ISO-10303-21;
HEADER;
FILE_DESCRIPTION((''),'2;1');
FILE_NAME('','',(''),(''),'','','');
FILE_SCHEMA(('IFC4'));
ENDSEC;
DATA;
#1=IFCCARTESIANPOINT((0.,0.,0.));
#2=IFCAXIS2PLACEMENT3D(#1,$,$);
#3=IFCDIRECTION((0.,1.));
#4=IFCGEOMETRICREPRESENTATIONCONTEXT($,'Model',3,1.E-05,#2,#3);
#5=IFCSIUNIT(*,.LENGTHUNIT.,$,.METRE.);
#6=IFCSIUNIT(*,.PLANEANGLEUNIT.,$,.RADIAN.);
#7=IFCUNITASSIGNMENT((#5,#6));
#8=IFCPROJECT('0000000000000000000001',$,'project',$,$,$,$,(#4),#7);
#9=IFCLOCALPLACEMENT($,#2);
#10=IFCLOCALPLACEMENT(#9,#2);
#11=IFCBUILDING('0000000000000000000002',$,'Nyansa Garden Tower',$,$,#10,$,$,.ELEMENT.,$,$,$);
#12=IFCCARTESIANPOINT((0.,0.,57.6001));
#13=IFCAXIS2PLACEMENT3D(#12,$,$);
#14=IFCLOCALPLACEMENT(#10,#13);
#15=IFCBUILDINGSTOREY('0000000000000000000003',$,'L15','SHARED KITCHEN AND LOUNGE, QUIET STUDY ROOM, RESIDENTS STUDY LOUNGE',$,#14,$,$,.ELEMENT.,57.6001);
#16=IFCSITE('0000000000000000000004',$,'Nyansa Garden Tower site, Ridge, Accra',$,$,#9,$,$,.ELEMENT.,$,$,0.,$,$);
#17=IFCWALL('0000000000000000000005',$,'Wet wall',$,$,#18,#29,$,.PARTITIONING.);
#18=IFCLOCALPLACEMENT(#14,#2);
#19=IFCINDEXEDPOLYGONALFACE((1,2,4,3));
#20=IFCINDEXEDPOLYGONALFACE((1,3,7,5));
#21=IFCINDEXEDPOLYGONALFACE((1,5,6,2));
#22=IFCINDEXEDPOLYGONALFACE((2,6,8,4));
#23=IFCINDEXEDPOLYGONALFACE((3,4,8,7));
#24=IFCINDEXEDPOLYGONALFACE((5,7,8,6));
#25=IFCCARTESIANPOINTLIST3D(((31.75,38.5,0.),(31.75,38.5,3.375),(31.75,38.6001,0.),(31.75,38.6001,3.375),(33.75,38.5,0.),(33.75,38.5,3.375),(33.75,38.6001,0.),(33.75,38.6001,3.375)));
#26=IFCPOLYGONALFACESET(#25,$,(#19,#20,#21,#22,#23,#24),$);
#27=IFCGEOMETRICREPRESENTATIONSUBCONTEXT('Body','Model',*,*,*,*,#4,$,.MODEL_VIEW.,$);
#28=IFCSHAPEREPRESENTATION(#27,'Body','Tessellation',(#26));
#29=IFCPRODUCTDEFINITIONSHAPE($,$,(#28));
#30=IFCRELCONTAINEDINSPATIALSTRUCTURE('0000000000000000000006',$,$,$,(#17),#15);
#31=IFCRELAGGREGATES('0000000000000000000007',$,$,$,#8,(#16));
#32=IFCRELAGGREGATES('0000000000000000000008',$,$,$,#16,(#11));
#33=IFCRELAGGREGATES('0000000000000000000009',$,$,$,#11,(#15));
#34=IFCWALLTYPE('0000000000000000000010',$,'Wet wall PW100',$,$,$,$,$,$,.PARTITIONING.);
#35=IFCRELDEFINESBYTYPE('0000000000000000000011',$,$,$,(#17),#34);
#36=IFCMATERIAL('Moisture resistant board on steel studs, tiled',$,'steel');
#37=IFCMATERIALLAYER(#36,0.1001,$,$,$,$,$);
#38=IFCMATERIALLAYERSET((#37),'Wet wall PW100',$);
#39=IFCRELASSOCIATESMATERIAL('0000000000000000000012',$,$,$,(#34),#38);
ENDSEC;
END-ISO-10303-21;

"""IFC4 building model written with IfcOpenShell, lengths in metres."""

from ifc_helpers import new_model, si_unit, direction, frame, frame_2d, origin, place, context, subcontext, project, spatial, rectangle, extrude, material, layer, layer_set, type_object, element, save


model = new_model("IFC4")

# Units and contexts
model_context = context("Model", 3, precision=1e-05, world=origin(), true_north=direction((0.0, 1.0)))
body_context = subcontext(model_context, "Body", "Model", "MODEL_VIEW")
ifc_project = project(units=[si_unit("LENGTHUNIT", "METRE"), si_unit("PLANEANGLEUNIT", "RADIAN")], contexts=[model_context])

# Site, building, storey
site_placement = place(None, origin())
site = spatial("IfcSite", under=ifc_project, at=site_placement, Name="Nyansa Garden Tower site, Ridge, Accra", CompositionType="ELEMENT", RefElevation=0.0)
building_placement = place(site_placement, origin())
building = spatial("IfcBuilding", under=site, at=building_placement, Name="Nyansa Garden Tower", CompositionType="ELEMENT")
storey_placement = place(building_placement, frame((0.0, 0.0, 57.6001)))
storey = spatial("IfcBuildingStorey", under=building, at=storey_placement, Name="L15", Description="SHARED KITCHEN AND LOUNGE, QUIET STUDY ROOM, RESIDENTS STUDY LOUNGE", CompositionType="ELEMENT", Elevation=57.6001)

# Shared definitions
ifc_material_1 = material(Name="Moisture resistant board on steel studs, tiled", Category="steel")
ifc_layer_1 = layer(ifc_material_1, 0.1001)
ifc_layer_set_1 = layer_set([ifc_layer_1], Name="Wet wall PW100")
wall_type_1 = type_object("IfcWallType", Name="Wet wall PW100", PredefinedType="PARTITIONING", material=ifc_layer_set_1)

# Wall
wall_1_placement = place(storey_placement, frame((31.75, 38.55, 0.0), z_axis=(0.0, 0.0, 1.0), x_axis=(1.0, 0.0, 0.0)))
element("IfcWall", 1, at=wall_1_placement, inside=storey, type_object=wall_type_1, Name="Wet wall", PredefinedType="PARTITIONING", context=body_context, shape_type="SweptSolid", body=[
    extrude(rectangle(XDim=2.0, YDim=0.1001, at=frame_2d((1.0, 0.0))), origin(), (0.0, 0.0, 1.0), 3.375),
])

save(model, "model.ifc")
